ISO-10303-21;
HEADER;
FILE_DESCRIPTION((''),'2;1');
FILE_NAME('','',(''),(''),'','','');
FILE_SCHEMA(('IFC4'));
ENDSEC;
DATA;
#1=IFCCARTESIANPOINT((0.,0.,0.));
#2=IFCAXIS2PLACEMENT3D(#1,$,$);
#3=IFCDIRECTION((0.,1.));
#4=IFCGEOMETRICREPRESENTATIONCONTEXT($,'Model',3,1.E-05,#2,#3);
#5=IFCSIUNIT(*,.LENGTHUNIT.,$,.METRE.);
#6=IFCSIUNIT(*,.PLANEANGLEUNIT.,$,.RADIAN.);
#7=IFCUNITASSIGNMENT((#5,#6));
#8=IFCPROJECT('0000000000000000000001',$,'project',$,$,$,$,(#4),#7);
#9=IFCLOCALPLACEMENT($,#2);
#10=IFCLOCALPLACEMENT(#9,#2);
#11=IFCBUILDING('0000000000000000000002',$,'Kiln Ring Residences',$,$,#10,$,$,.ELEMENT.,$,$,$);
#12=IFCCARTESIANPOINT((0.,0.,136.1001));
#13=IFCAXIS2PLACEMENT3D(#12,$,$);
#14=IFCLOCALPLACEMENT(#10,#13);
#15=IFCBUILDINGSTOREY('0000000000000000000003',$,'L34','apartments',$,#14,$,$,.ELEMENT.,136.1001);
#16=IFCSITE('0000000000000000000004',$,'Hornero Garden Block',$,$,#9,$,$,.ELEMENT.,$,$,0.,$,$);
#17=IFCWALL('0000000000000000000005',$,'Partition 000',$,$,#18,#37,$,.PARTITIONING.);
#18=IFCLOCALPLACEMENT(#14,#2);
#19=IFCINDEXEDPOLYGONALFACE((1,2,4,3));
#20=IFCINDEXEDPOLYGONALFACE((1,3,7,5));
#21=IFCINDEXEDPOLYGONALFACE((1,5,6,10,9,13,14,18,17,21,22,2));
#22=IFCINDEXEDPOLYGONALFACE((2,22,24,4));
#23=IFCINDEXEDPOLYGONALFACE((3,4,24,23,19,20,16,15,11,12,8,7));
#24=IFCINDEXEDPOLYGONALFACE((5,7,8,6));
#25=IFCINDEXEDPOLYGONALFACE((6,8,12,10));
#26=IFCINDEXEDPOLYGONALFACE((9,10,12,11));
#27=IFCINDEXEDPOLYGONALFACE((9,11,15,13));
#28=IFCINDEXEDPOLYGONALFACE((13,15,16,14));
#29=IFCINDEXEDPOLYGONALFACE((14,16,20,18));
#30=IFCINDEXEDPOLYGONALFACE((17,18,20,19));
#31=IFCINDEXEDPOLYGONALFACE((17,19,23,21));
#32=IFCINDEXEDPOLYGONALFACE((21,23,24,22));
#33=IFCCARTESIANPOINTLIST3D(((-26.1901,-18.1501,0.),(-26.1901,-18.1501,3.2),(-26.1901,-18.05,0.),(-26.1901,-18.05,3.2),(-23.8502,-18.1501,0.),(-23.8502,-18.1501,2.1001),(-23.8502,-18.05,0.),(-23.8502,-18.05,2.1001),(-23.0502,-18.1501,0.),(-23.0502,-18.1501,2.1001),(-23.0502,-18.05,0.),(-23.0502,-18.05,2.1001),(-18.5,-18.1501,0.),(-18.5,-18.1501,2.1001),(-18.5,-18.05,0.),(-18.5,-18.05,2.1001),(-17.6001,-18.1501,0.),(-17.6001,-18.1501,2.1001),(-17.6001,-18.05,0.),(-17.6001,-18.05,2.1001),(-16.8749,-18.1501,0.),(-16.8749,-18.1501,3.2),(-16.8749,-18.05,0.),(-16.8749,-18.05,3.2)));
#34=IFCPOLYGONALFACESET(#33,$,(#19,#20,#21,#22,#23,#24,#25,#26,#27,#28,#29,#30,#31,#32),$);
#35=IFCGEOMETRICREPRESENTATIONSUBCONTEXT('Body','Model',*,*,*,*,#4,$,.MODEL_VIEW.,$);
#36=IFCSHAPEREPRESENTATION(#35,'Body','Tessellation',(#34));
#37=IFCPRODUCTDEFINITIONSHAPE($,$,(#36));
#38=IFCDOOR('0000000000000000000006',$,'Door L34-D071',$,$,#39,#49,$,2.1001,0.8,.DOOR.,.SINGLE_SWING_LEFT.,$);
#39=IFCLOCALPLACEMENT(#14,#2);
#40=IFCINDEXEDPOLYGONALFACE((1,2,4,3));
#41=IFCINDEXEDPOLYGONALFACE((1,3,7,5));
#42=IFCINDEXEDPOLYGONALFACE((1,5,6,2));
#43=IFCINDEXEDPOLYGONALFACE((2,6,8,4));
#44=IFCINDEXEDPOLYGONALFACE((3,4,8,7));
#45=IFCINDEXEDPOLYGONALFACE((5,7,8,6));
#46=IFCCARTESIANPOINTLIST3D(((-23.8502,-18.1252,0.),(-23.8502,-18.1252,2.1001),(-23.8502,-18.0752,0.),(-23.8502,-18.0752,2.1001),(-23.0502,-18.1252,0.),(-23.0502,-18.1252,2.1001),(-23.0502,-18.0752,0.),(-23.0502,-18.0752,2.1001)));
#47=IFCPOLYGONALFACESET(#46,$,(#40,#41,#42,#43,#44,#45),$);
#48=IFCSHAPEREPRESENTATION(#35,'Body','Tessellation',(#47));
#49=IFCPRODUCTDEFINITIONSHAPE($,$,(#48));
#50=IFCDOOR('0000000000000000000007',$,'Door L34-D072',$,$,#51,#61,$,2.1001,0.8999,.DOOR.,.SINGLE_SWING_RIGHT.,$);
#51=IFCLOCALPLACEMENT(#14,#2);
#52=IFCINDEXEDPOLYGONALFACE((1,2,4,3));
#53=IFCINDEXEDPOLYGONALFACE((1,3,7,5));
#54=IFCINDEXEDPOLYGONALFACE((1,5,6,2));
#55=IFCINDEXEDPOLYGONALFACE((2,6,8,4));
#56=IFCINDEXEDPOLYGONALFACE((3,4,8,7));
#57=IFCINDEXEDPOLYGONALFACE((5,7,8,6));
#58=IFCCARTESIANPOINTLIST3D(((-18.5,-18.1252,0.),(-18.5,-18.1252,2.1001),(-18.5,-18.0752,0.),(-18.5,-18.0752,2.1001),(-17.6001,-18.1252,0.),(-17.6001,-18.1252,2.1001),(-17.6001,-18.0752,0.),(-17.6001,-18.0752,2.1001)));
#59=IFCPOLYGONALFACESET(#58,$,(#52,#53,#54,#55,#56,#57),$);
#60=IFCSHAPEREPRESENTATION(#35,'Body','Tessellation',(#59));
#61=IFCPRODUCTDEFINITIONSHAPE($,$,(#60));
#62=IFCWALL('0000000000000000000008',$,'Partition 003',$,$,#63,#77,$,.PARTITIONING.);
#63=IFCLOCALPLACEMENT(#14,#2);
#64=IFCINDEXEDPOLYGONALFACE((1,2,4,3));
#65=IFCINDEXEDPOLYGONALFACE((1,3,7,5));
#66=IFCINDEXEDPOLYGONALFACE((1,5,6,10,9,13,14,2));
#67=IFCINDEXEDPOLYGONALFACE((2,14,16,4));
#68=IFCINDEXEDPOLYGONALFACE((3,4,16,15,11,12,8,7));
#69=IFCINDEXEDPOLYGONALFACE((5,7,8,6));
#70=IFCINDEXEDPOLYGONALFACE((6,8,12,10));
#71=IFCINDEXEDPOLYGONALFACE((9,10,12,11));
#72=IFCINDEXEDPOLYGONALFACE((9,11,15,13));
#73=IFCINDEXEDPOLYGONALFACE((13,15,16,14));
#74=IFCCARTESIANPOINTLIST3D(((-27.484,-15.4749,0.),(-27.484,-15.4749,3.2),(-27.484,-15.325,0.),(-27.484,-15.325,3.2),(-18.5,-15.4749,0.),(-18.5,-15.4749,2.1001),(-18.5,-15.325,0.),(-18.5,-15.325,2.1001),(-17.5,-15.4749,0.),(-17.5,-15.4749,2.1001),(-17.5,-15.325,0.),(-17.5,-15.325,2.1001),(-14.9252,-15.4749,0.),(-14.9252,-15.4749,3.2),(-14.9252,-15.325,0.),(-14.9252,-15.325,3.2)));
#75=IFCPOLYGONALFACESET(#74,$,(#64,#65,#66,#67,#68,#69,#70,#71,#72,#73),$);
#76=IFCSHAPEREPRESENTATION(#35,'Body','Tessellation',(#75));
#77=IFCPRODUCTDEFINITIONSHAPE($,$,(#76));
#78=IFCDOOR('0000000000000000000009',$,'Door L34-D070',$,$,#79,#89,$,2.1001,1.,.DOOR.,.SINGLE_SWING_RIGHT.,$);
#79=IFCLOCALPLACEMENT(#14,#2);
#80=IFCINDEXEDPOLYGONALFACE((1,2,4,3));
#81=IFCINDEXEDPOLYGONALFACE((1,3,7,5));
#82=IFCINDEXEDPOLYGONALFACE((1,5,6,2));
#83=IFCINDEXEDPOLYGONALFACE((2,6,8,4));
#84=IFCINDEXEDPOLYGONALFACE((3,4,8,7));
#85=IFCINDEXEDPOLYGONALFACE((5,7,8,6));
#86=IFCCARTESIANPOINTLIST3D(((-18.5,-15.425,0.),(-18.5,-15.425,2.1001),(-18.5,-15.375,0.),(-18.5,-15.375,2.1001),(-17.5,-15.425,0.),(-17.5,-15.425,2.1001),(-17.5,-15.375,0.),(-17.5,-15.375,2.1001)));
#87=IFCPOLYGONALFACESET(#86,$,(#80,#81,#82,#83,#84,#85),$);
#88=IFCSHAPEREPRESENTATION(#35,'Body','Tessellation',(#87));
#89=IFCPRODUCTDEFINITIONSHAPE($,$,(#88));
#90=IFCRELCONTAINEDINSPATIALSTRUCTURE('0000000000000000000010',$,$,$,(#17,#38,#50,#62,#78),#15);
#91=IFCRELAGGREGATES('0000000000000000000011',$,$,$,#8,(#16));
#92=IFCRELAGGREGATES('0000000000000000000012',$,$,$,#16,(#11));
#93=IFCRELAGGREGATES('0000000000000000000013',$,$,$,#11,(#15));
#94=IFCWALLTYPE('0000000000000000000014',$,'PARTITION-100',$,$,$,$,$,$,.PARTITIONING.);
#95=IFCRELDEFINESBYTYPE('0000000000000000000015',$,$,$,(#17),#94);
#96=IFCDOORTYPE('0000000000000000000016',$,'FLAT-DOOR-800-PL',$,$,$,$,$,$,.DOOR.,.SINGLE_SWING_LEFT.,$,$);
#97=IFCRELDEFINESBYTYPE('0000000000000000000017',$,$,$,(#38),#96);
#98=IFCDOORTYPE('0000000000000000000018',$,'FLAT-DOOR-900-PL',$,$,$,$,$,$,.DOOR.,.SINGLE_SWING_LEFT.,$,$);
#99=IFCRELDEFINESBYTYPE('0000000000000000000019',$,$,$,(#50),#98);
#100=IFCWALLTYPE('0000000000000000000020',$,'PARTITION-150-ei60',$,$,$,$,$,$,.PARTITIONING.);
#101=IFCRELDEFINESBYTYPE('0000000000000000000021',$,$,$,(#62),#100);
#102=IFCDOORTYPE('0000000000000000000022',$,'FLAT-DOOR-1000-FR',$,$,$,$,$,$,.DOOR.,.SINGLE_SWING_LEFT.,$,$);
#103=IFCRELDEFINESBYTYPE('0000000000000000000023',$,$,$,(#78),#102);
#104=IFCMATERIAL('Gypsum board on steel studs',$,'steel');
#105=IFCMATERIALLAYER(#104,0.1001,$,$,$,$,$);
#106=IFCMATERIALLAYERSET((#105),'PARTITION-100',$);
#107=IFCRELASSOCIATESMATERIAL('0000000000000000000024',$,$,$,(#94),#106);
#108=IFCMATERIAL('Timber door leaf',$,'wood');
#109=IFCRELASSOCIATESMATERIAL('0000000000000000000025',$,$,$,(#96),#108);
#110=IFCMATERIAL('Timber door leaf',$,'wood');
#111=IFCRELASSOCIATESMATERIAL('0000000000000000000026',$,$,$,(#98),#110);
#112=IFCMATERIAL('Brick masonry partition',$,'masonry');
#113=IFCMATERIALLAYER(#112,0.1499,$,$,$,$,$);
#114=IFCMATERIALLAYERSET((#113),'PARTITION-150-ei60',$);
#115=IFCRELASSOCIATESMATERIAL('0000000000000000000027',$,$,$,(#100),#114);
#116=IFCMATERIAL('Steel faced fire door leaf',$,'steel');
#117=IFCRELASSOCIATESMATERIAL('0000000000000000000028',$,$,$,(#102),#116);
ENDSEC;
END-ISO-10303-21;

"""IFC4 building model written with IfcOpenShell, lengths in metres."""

from ifc_helpers import new_model, si_unit, direction, frame, frame_2d, origin, place, context, subcontext, project, spatial, rectangle, extrude, material, layer, layer_set, type_object, element, fill, save


model = new_model("IFC4")

# Units and contexts
model_context = context("Model", 3, precision=1e-05, world=origin(), true_north=direction((0.0, 1.0)))
body_context = subcontext(model_context, "Body", "Model", "MODEL_VIEW")
ifc_project = project(units=[si_unit("LENGTHUNIT", "METRE"), si_unit("PLANEANGLEUNIT", "RADIAN")], contexts=[model_context])

# Site, building, storey
site_placement = place(None, origin())
site = spatial("IfcSite", under=ifc_project, at=site_placement, Name="Hornero Garden Block", CompositionType="ELEMENT", RefElevation=0.0)
building_placement = place(site_placement, origin())
building = spatial("IfcBuilding", under=site, at=building_placement, Name="Kiln Ring Residences", CompositionType="ELEMENT")
storey_placement = place(building_placement, frame((0.0, 0.0, 136.1001)))
storey = spatial("IfcBuildingStorey", under=building, at=storey_placement, Name="L34", Description="apartments", CompositionType="ELEMENT", Elevation=136.1001)

# Wall, openings, doors
ifc_material_1 = material(Name="Gypsum board on steel studs", Category="steel")
ifc_layer_1 = layer(ifc_material_1, 0.1001)
ifc_layer_set_1 = layer_set([ifc_layer_1], Name="PARTITION-100")
wall_type_1 = type_object("IfcWallType", Name="PARTITION-100", PredefinedType="PARTITIONING", material=ifc_layer_set_1)
wall_1_placement = place(storey_placement, frame((-26.1902, -18.1001, 0.0), z_axis=(0.0, 0.0, 1.0), x_axis=(1.0, 0.0, 0.0)))
wall_1 = element("IfcWall", 1, at=wall_1_placement, inside=storey, type_object=wall_type_1, Name="Partition 000", PredefinedType="PARTITIONING", context=body_context, shape_type="SweptSolid", body=[
    extrude(rectangle(XDim=9.3152, YDim=0.1001, at=frame_2d((4.6577, 0.0))), origin(), (0.0, 0.0, 1.0), 3.2),
])
opening_1_placement = place(wall_1_placement, frame((2.3401, 0.0, 0.0)))
opening_1 = element("IfcOpeningElement", 2, at=opening_1_placement, cuts=wall_1, PredefinedType="OPENING", context=body_context, shape_type="SweptSolid", body=[
    extrude(rectangle(XDim=0.8, YDim=2.1001, at=frame_2d((0.3999, 1.05))), frame((0.0, 0.0601, 0.0), z_axis=(0.0, -1.0, 0.0), x_axis=(1.0, 0.0, 0.0)), (0.0, 0.0, 1.0), 0.1201),
])
opening_2_placement = place(wall_1_placement, frame((7.6902, 0.0, 0.0)))
opening_2 = element("IfcOpeningElement", 3, at=opening_2_placement, cuts=wall_1, PredefinedType="OPENING", context=body_context, shape_type="SweptSolid", body=[
    extrude(rectangle(XDim=0.8999, YDim=2.1001, at=frame_2d((0.45, 1.05))), frame((0.0, 0.0601, 0.0), z_axis=(0.0, -1.0, 0.0), x_axis=(1.0, 0.0, 0.0)), (0.0, 0.0, 1.0), 0.1201),
])
ifc_material_2 = material(Name="Timber door leaf", Category="wood")
door_type_1 = type_object("IfcDoorType", Name="FLAT-DOOR-800-PL", OperationType="SINGLE_SWING_LEFT", PredefinedType="DOOR", material=ifc_material_2)
door_1_placement = place(opening_1_placement, origin())
door_1 = element("IfcDoor", 4, at=door_1_placement, inside=storey, type_object=door_type_1, Name="Door L34-D071", OperationType="SINGLE_SWING_LEFT", OverallHeight=2.1001, OverallWidth=0.8, PredefinedType="DOOR", context=body_context, shape_type="SweptSolid", body=[
    extrude(rectangle(XDim=0.8, YDim=2.1001, at=frame_2d((0.3999, 1.05))), frame((0.0, 0.0249, 0.0), z_axis=(0.0, -1.0, 0.0), x_axis=(1.0, 0.0, 0.0)), (0.0, 0.0, 1.0), 0.05),
])
fill(opening_1, door_1)
ifc_material_3 = material(Name="Timber door leaf", Category="wood")
door_type_2 = type_object("IfcDoorType", Name="FLAT-DOOR-900-PL", OperationType="SINGLE_SWING_LEFT", PredefinedType="DOOR", material=ifc_material_3)
door_2_placement = place(opening_2_placement, origin())
door_2 = element("IfcDoor", 5, at=door_2_placement, inside=storey, type_object=door_type_2, Name="Door L34-D072", OperationType="SINGLE_SWING_RIGHT", OverallHeight=2.1001, OverallWidth=0.8999, PredefinedType="DOOR", context=body_context, shape_type="SweptSolid", body=[
    extrude(rectangle(XDim=0.8999, YDim=2.1001, at=frame_2d((0.45, 1.05))), frame((0.0, 0.0249, 0.0), z_axis=(0.0, -1.0, 0.0), x_axis=(1.0, 0.0, 0.0)), (0.0, 0.0, 1.0), 0.05),
])
fill(opening_2, door_2)

# Wall, opening, door
ifc_material_4 = material(Name="Brick masonry partition", Category="masonry")
ifc_layer_2 = layer(ifc_material_4, 0.1499)
ifc_layer_set_2 = layer_set([ifc_layer_2], Name="PARTITION-150-ei60")
wall_type_2 = type_object("IfcWallType", Name="PARTITION-150-ei60", PredefinedType="PARTITIONING", material=ifc_layer_set_2)
wall_2_placement = place(storey_placement, frame((-27.4839, -15.3999, 0.0), z_axis=(0.0, 0.0, 1.0), x_axis=(1.0, 0.0, 0.0)))
wall_2 = element("IfcWall", 6, at=wall_2_placement, inside=storey, type_object=wall_type_2, Name="Partition 003", PredefinedType="PARTITIONING", context=body_context, shape_type="SweptSolid", body=[
    extrude(rectangle(XDim=12.5588, YDim=0.1499, at=frame_2d((6.2793, 0.0))), origin(), (0.0, 0.0, 1.0), 3.2),
])
opening_3_placement = place(wall_2_placement, frame((8.9839, 0.0, 0.0)))
opening_3 = element("IfcOpeningElement", 7, at=opening_3_placement, cuts=wall_2, PredefinedType="OPENING", context=body_context, shape_type="SweptSolid", body=[
    extrude(rectangle(XDim=1.0, YDim=2.1001, at=frame_2d((0.5, 1.05))), frame((0.0, 0.085, 0.0), z_axis=(0.0, -1.0, 0.0), x_axis=(1.0, 0.0, 0.0)), (0.0, 0.0, 1.0), 0.1699),
])
ifc_material_5 = material(Name="Steel faced fire door leaf", Category="steel")
door_type_3 = type_object("IfcDoorType", Name="FLAT-DOOR-1000-FR", OperationType="SINGLE_SWING_LEFT", PredefinedType="DOOR", material=ifc_material_5)
door_3_placement = place(opening_3_placement, origin())
door_3 = element("IfcDoor", 8, at=door_3_placement, inside=storey, type_object=door_type_3, Name="Door L34-D070", OperationType="SINGLE_SWING_RIGHT", OverallHeight=2.1001, OverallWidth=1.0, PredefinedType="DOOR", context=body_context, shape_type="SweptSolid", body=[
    extrude(rectangle(XDim=1.0, YDim=2.1001, at=frame_2d((0.5, 1.05))), frame((0.0, 0.0249, 0.0), z_axis=(0.0, -1.0, 0.0), x_axis=(1.0, 0.0, 0.0)), (0.0, 0.0, 1.0), 0.05),
])
fill(opening_3, door_3)

save(model, "model.ifc")
